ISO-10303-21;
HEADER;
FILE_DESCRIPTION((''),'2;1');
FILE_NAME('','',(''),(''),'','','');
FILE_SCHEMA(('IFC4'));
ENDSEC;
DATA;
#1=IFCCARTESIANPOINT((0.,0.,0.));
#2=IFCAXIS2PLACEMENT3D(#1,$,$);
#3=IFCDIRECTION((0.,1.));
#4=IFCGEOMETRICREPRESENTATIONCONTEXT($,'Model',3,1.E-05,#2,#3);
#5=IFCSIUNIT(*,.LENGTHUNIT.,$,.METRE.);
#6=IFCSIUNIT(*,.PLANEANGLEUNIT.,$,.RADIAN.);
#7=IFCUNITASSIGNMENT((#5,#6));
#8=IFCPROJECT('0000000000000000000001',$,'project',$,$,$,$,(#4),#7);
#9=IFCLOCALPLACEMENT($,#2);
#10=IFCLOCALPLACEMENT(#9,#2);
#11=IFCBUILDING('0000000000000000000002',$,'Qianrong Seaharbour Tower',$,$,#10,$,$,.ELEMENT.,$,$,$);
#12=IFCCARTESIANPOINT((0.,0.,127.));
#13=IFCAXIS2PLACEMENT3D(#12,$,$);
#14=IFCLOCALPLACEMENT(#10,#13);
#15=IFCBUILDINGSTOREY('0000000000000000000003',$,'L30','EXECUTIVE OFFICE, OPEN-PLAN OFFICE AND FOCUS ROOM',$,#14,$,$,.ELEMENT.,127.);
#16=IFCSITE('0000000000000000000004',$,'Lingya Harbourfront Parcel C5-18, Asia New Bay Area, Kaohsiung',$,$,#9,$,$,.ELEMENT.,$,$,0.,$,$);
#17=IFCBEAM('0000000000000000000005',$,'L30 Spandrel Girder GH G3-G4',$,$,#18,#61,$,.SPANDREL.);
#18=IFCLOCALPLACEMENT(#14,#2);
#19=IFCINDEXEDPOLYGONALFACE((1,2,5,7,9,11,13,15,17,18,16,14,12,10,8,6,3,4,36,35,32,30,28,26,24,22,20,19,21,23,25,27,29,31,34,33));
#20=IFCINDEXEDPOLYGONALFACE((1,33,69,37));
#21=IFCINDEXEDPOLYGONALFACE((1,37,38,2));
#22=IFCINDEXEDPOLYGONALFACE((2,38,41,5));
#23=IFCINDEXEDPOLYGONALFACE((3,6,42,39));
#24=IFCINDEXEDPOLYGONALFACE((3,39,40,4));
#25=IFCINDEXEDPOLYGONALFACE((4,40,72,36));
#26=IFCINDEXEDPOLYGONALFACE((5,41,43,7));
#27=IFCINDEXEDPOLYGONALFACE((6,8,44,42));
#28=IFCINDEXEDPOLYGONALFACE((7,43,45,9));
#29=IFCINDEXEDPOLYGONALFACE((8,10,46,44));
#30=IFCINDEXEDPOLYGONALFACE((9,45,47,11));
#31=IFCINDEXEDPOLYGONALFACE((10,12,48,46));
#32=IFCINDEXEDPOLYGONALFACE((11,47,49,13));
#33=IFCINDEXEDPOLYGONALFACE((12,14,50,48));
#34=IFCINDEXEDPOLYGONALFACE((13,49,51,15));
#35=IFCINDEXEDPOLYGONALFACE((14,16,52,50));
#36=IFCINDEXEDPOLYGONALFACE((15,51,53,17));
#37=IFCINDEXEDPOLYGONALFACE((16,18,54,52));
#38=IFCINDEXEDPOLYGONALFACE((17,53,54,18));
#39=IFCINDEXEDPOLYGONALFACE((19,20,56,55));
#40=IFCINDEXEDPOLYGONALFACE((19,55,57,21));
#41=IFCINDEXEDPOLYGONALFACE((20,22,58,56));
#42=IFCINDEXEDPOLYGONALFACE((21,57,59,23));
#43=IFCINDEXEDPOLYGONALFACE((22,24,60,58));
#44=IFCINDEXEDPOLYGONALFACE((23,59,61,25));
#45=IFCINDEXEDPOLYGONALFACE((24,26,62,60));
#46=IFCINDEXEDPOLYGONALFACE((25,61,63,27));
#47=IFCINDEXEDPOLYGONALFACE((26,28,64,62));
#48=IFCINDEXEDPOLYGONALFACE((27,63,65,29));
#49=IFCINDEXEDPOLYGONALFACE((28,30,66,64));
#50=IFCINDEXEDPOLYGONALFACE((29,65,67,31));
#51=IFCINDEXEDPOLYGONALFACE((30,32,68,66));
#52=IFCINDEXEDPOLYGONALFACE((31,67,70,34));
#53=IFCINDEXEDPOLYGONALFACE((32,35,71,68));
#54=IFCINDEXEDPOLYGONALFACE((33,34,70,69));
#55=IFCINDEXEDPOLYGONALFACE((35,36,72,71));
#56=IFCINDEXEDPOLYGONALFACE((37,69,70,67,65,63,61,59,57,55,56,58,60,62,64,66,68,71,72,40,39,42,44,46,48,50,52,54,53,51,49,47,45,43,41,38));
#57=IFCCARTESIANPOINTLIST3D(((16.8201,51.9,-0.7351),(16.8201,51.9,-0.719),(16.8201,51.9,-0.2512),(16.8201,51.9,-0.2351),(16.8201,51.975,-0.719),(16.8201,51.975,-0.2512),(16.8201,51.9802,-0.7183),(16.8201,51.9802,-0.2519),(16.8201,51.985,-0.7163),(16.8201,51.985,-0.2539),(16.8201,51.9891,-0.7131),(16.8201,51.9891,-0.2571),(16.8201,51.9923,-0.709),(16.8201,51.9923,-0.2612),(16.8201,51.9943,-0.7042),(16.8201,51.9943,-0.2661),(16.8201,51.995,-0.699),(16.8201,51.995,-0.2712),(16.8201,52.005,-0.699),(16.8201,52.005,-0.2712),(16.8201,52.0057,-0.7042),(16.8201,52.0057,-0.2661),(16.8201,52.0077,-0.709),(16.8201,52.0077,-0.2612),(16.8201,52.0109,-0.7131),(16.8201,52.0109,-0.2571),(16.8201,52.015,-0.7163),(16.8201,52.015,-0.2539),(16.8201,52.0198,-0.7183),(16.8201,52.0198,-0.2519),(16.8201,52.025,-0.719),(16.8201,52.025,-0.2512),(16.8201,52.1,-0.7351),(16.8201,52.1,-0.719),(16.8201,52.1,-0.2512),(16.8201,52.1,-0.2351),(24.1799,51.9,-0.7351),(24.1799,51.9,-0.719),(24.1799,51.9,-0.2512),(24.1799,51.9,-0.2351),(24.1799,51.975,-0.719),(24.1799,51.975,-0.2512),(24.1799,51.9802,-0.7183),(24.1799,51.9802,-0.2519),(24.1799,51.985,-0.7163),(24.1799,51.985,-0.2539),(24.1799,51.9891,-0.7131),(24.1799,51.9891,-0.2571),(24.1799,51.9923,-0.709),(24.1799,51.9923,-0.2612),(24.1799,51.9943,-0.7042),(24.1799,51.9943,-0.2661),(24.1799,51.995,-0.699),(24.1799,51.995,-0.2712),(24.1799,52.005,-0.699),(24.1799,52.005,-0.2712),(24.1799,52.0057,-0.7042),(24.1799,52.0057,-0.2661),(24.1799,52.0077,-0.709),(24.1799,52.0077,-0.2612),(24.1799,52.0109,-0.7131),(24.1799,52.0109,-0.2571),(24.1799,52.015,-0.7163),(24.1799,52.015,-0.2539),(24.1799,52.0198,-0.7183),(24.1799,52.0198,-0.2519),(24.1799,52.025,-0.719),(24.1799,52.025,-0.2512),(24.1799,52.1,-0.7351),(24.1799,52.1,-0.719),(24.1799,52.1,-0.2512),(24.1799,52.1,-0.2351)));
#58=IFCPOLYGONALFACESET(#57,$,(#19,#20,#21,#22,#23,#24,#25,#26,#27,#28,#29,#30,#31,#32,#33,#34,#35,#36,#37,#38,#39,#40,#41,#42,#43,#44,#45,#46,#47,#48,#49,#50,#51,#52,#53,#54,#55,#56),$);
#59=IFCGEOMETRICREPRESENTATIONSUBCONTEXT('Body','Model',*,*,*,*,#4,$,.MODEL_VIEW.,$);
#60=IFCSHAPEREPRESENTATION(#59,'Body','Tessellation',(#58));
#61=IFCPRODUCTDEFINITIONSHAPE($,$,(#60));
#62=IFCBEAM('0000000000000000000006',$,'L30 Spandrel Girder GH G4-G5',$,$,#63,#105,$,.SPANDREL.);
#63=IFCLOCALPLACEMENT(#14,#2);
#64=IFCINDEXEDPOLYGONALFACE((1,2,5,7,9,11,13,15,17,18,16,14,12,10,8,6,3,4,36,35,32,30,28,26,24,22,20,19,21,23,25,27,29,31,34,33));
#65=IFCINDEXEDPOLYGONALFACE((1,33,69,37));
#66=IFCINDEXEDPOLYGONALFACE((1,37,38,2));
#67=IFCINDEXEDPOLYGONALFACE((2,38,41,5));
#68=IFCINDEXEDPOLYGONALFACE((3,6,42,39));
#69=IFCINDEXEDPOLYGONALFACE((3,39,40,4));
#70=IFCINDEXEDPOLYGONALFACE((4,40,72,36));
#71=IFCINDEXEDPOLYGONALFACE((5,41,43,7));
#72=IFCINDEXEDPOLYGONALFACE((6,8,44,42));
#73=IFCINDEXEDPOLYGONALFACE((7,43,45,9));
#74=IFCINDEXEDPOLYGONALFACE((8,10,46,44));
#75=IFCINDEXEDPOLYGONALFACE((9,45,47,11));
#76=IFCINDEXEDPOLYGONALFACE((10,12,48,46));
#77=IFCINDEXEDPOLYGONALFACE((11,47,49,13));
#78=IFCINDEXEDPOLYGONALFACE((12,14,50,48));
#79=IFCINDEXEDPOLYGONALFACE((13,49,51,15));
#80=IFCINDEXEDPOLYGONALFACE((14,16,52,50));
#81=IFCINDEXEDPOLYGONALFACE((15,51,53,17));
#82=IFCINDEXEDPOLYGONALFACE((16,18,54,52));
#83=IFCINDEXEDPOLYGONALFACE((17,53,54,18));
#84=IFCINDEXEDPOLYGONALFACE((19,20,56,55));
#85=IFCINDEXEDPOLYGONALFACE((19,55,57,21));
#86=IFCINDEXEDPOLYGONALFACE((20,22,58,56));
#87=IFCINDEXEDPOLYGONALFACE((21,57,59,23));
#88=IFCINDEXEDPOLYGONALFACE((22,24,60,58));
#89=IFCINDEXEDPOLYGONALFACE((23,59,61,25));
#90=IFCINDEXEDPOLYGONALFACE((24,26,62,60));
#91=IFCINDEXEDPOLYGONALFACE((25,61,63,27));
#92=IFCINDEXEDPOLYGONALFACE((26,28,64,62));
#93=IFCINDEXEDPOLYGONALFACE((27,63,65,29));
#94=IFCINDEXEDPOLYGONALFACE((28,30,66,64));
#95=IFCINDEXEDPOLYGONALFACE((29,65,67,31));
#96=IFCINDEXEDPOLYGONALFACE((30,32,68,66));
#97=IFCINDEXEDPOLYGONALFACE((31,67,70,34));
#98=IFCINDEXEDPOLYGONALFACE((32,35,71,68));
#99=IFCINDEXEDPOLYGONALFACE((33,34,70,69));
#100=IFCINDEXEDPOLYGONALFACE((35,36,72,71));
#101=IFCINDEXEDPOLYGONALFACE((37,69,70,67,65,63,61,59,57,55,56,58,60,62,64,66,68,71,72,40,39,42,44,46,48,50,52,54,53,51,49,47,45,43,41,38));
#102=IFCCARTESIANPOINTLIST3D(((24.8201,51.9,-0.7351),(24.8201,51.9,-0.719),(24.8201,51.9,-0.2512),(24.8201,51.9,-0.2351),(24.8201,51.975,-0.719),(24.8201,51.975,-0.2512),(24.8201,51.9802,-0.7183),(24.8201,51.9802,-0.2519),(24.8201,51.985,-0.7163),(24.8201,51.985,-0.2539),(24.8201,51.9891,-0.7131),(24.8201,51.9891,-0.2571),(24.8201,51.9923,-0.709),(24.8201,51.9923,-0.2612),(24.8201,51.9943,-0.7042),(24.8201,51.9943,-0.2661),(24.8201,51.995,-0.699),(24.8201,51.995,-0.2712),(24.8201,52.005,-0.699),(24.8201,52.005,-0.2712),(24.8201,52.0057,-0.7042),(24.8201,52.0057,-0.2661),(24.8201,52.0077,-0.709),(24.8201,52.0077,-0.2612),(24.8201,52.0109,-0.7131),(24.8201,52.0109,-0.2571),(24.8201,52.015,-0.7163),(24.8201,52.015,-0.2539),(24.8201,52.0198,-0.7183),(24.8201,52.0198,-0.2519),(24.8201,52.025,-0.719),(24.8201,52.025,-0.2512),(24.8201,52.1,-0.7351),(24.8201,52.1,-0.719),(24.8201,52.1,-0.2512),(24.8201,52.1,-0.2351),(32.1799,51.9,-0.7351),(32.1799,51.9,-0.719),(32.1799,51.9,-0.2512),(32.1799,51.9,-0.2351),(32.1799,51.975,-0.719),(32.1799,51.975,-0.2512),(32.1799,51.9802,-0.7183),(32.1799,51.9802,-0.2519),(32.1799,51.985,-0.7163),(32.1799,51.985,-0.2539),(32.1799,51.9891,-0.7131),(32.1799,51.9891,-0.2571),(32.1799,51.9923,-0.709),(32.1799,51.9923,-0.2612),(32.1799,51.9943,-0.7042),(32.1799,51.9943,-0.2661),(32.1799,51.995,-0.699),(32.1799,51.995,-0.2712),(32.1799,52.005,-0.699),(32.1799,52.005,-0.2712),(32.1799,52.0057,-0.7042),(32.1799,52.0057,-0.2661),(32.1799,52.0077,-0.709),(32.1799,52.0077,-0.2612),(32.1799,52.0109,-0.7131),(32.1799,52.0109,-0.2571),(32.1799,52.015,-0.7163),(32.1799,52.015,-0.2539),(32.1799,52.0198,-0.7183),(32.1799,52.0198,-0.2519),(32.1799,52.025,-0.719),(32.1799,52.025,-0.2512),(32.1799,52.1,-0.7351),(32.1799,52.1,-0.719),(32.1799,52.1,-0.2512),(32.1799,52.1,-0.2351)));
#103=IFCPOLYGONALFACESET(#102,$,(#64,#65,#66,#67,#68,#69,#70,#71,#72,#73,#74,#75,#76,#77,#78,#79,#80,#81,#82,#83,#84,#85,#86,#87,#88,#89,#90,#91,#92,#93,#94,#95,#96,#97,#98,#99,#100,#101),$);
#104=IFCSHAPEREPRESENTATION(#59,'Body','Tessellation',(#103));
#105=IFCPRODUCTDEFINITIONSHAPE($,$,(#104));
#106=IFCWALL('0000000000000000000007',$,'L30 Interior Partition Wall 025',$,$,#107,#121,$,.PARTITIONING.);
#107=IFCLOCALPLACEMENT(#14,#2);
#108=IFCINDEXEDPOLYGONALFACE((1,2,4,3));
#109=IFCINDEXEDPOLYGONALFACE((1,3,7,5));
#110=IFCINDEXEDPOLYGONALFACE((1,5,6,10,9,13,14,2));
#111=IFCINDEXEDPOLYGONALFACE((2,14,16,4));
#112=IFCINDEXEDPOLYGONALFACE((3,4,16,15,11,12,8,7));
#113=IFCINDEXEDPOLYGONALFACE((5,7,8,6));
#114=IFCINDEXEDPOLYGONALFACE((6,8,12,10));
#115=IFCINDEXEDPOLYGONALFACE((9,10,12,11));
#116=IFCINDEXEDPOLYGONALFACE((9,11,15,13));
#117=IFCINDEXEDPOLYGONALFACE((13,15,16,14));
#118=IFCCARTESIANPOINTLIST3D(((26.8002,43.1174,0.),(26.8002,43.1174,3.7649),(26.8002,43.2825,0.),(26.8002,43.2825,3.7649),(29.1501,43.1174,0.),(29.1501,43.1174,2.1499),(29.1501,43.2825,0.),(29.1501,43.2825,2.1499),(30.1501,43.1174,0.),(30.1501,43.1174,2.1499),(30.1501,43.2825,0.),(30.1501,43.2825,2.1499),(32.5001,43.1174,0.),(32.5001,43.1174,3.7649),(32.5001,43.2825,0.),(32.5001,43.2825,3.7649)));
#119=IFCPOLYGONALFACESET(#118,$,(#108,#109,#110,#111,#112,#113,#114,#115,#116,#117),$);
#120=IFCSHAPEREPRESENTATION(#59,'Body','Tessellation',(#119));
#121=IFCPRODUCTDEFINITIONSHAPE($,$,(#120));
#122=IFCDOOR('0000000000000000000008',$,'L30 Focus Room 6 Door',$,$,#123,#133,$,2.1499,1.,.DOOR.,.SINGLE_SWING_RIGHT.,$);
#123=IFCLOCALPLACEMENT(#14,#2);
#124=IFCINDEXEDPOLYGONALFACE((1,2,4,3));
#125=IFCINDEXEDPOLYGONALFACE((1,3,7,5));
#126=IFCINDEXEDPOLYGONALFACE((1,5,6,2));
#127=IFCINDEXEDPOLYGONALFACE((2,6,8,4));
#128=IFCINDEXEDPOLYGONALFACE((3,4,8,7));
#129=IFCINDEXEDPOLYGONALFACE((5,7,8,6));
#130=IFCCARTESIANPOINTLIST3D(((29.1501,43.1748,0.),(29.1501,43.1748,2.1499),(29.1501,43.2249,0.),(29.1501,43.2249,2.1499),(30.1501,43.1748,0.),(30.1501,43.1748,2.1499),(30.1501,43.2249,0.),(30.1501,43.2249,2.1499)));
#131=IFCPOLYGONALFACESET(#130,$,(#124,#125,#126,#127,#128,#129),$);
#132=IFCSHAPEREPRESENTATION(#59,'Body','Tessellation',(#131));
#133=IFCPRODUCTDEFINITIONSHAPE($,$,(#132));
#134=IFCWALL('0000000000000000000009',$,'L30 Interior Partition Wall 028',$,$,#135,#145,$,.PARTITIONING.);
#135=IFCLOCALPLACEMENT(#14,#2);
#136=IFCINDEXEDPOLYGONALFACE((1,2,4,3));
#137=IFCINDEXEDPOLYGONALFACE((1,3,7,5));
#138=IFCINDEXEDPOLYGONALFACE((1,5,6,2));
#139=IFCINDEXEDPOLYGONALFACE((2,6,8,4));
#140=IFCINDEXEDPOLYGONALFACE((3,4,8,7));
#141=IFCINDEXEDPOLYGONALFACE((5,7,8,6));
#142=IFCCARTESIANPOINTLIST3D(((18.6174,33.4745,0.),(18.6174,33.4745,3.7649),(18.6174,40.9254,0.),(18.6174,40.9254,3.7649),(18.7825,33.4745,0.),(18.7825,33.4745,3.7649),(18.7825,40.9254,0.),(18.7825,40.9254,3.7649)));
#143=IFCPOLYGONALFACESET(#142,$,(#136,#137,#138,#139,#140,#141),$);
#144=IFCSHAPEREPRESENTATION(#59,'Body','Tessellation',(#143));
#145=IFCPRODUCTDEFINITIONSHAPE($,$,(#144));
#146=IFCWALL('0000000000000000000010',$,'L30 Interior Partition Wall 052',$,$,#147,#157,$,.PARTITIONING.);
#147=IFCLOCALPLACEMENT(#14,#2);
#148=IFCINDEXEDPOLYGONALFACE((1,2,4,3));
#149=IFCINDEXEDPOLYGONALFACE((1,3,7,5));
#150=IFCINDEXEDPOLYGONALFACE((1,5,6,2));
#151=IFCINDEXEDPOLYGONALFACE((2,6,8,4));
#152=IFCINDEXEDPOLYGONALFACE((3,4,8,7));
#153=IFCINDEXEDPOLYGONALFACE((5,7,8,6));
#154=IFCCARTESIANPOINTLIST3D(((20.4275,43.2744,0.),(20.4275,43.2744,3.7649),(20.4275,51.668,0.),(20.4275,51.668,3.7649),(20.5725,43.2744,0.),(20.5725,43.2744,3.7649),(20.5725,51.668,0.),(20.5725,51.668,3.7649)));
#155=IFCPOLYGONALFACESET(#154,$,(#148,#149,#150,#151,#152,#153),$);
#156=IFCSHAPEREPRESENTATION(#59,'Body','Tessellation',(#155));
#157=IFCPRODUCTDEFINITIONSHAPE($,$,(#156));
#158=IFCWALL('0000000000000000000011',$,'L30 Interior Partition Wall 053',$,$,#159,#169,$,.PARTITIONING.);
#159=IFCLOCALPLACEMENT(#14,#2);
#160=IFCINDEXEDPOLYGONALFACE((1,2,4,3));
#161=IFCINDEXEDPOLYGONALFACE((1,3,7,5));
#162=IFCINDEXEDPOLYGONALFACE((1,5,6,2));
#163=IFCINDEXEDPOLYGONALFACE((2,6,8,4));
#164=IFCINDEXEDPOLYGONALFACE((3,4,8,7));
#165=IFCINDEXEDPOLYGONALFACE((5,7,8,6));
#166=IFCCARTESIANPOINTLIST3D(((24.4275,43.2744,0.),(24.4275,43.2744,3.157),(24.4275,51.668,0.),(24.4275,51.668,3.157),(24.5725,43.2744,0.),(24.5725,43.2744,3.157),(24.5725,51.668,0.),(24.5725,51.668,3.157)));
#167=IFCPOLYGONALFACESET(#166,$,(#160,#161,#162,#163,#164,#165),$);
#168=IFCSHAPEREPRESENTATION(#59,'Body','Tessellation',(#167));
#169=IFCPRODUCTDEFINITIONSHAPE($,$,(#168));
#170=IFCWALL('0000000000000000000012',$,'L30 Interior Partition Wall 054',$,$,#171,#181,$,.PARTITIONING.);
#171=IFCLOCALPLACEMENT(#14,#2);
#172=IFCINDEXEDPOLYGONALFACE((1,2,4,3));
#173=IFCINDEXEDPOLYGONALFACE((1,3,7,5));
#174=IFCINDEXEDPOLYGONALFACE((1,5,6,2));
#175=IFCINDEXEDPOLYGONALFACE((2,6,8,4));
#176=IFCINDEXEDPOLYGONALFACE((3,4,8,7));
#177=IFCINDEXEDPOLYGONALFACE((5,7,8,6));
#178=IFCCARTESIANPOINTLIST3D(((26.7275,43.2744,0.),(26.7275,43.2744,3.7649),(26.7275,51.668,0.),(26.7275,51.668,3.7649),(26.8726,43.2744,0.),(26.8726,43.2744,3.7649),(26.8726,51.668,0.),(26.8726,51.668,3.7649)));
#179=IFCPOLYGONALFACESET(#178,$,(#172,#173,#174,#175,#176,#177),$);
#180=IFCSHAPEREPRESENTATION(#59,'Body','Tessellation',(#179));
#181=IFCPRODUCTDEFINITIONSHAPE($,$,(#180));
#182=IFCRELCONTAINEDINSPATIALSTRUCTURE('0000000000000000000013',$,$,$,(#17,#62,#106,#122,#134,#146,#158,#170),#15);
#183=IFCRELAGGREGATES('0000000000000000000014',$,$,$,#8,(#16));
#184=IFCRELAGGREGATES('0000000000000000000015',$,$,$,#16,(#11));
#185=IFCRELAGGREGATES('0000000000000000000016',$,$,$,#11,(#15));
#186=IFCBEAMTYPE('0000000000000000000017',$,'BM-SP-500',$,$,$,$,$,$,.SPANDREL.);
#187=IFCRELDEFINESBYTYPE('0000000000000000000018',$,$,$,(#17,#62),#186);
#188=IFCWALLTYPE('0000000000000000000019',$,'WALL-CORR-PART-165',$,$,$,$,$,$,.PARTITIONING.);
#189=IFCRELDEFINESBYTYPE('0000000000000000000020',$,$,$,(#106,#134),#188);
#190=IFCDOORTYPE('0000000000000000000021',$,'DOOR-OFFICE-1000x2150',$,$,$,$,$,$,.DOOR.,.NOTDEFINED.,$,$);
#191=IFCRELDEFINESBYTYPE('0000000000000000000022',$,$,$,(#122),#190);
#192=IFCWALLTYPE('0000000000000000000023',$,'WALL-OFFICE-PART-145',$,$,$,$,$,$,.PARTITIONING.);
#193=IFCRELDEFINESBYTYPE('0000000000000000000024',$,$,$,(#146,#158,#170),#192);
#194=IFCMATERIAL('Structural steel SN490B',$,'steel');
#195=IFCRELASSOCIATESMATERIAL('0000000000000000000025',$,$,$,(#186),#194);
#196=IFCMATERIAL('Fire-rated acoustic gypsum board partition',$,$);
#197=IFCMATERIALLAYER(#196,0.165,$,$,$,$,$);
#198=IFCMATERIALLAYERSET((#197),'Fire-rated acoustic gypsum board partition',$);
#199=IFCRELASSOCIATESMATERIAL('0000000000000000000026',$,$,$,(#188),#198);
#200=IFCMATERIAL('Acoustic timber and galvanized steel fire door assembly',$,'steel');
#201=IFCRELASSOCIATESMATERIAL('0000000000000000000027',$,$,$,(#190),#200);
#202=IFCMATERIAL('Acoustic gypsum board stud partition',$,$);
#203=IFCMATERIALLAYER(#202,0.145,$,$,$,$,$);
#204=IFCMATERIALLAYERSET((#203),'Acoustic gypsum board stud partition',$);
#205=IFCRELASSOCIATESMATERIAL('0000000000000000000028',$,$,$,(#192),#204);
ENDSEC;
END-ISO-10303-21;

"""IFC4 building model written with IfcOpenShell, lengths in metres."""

from ifc_helpers import new_model, si_unit, direction, frame, frame_2d, origin, origin_2d, place, context, subcontext, project, spatial, rectangle, i_section, extrude, material, layer, layer_set, material_profile, profile_set, type_object, element, fill, save


model = new_model("IFC4")

# Units and contexts
model_context = context("Model", 3, precision=1e-05, world=origin(), true_north=direction((0.0, 1.0)))
body_context = subcontext(model_context, "Body", "Model", "MODEL_VIEW")
ifc_project = project(units=[si_unit("LENGTHUNIT", "METRE"), si_unit("PLANEANGLEUNIT", "RADIAN")], contexts=[model_context])

# Site, building, storey
site_placement = place(None, origin())
site = spatial("IfcSite", under=ifc_project, at=site_placement, Name="Lingya Harbourfront Parcel C5-18, Asia New Bay Area, Kaohsiung", CompositionType="ELEMENT", RefElevation=0.0)
building_placement = place(site_placement, origin())
building = spatial("IfcBuilding", under=site, at=building_placement, Name="Qianrong Seaharbour Tower", CompositionType="ELEMENT")
storey_placement = place(building_placement, frame((0.0, 0.0, 127.0)))
storey = spatial("IfcBuildingStorey", under=building, at=storey_placement, Name="L30", Description="EXECUTIVE OFFICE, OPEN-PLAN OFFICE AND FOCUS ROOM", CompositionType="ELEMENT", Elevation=127.0)

# Shared definitions
ifc_material_1 = material(Name="Structural steel SN490B", Category="steel")

# Beams
ifc_material_profile_1 = material_profile(ifc_material_1, i_section(OverallWidth=0.2, OverallDepth=0.5, WebThickness=0.01, FlangeThickness=0.0161, FilletRadius=0.02, at=origin_2d()), Name="H500x200x10x16")
ifc_profile_set_1 = profile_set([ifc_material_profile_1], Name="Structural steel SN490B")
beam_type_1 = type_object("IfcBeamType", Name="BM-SP-500", PredefinedType="SPANDREL", material=ifc_profile_set_1)
for number, where, z_axis, x_axis, name in (
    (1, (16.8201, 52.0, -0.4851), (1.0, 0.0, 0.0), (0.0, 1.0, 0.0), "L30 Spandrel Girder GH G3-G4"),
    (2, (24.8201, 52.0, -0.4851), (1.0, 0.0, 0.0), (0.0, 1.0, 0.0), "L30 Spandrel Girder GH G4-G5"),
):
    element("IfcBeam", number, at=place(storey_placement, frame(where, z_axis=z_axis, x_axis=x_axis)), inside=storey, type_object=beam_type_1, Name=name, PredefinedType="SPANDREL", context=body_context, shape_type="SweptSolid", body=[
        extrude(i_section(OverallWidth=0.2, OverallDepth=0.5, WebThickness=0.01, FlangeThickness=0.0161, FilletRadius=0.02, at=origin_2d()), origin(), (0.0, 0.0, 1.0), 7.3599),
    ])

# Wall, opening, door
ifc_material_2 = material(Name="Fire-rated acoustic gypsum board partition")
ifc_layer_1 = layer(ifc_material_2, 0.165)
ifc_layer_set_1 = layer_set([ifc_layer_1], Name="Fire-rated acoustic gypsum board partition")
wall_type_1 = type_object("IfcWallType", Name="WALL-CORR-PART-165", PredefinedType="PARTITIONING", material=ifc_layer_set_1)
ifc_material_3 = material(Name="Acoustic timber and galvanized steel fire door assembly", Category="steel")
door_type = type_object("IfcDoorType", Name="DOOR-OFFICE-1000x2150", OperationType="NOTDEFINED", PredefinedType="DOOR", material=ifc_material_3)
wall_1_placement = place(storey_placement, frame((26.8, 43.2, 0.0), z_axis=(0.0, 0.0, 1.0), x_axis=(1.0, 0.0, 0.0)))
wall_1 = element("IfcWall", 3, at=wall_1_placement, inside=storey, type_object=wall_type_1, Name="L30 Interior Partition Wall 025", PredefinedType="PARTITIONING", context=body_context, shape_type="SweptSolid", body=[
    extrude(rectangle(XDim=5.7, YDim=0.165, at=frame_2d((2.8501, 0.0))), origin(), (0.0, 0.0, 1.0), 3.7649),
])
opening_1_placement = place(wall_1_placement, frame((2.3501, 0.0, 0.0)))
opening_1 = element("IfcOpeningElement", 4, at=opening_1_placement, cuts=wall_1, PredefinedType="OPENING", context=body_context, shape_type="SweptSolid", body=[
    extrude(rectangle(XDim=1.0, YDim=2.1499, at=frame_2d((0.5, 1.075))), frame((0.0, 0.0925, 0.0), z_axis=(0.0, -1.0, 0.0), x_axis=(1.0, 0.0, 0.0)), (0.0, 0.0, 1.0), 0.1851),
])
door_1_placement = place(opening_1_placement, origin())
door_1 = element("IfcDoor", 5, at=door_1_placement, inside=storey, type_object=door_type, Name="L30 Focus Room 6 Door", OperationType="SINGLE_SWING_RIGHT", OverallHeight=2.1499, OverallWidth=1.0, PredefinedType="DOOR", context=body_context, shape_type="SweptSolid", body=[
    extrude(rectangle(XDim=1.0, YDim=2.1499, at=frame_2d((0.5, 1.075))), frame((0.0, 0.0249, 0.0), z_axis=(0.0, -1.0, 0.0), x_axis=(1.0, 0.0, 0.0)), (0.0, 0.0, 1.0), 0.05),
])
fill(opening_1, door_1)

# Walls
wall_2_placement = place(storey_placement, frame((18.7, 40.9255, 0.0), z_axis=(0.0, 0.0, 1.0), x_axis=(0.0, -1.0, 0.0)))
element("IfcWall", 6, at=wall_2_placement, inside=storey, type_object=wall_type_1, Name="L30 Interior Partition Wall 028", PredefinedType="PARTITIONING", context=body_context, shape_type="SweptSolid", body=[
    extrude(rectangle(XDim=7.4509, YDim=0.165, at=frame_2d((3.7256, 0.0))), origin(), (0.0, 0.0, 1.0), 3.7649),
])
ifc_material_4 = material(Name="Acoustic gypsum board stud partition")
ifc_layer_2 = layer(ifc_material_4, 0.145)
ifc_layer_set_2 = layer_set([ifc_layer_2], Name="Acoustic gypsum board stud partition")
wall_type_2 = type_object("IfcWallType", Name="WALL-OFFICE-PART-145", PredefinedType="PARTITIONING", material=ifc_layer_set_2)
wall_3_placement = place(storey_placement, frame((20.5, 51.668, 0.0), z_axis=(0.0, 0.0, 1.0), x_axis=(0.0, -1.0, 0.0)))
element("IfcWall", 7, at=wall_3_placement, inside=storey, type_object=wall_type_2, Name="L30 Interior Partition Wall 052", PredefinedType="PARTITIONING", context=body_context, shape_type="SweptSolid", body=[
    extrude(rectangle(XDim=8.3936, YDim=0.145, at=frame_2d((4.1968, 0.0))), origin(), (0.0, 0.0, 1.0), 3.7649),
])
wall_4_placement = place(storey_placement, frame((24.5, 51.668, 0.0), z_axis=(0.0, 0.0, 1.0), x_axis=(0.0, -1.0, 0.0)))
element("IfcWall", 8, at=wall_4_placement, inside=storey, type_object=wall_type_2, Name="L30 Interior Partition Wall 053", PredefinedType="PARTITIONING", context=body_context, shape_type="SweptSolid", body=[
    extrude(rectangle(XDim=8.3936, YDim=0.145, at=frame_2d((4.1968, 0.0))), origin(), (0.0, 0.0, 1.0), 3.157),
])
wall_5_placement = place(storey_placement, frame((26.8, 51.668, 0.0), z_axis=(0.0, 0.0, 1.0), x_axis=(0.0, -1.0, 0.0)))
element("IfcWall", 9, at=wall_5_placement, inside=storey, type_object=wall_type_2, Name="L30 Interior Partition Wall 054", PredefinedType="PARTITIONING", context=body_context, shape_type="SweptSolid", body=[
    extrude(rectangle(XDim=8.3936, YDim=0.145, at=frame_2d((4.1968, 0.0))), origin(), (0.0, 0.0, 1.0), 3.7649),
])

save(model, "model.ifc")
